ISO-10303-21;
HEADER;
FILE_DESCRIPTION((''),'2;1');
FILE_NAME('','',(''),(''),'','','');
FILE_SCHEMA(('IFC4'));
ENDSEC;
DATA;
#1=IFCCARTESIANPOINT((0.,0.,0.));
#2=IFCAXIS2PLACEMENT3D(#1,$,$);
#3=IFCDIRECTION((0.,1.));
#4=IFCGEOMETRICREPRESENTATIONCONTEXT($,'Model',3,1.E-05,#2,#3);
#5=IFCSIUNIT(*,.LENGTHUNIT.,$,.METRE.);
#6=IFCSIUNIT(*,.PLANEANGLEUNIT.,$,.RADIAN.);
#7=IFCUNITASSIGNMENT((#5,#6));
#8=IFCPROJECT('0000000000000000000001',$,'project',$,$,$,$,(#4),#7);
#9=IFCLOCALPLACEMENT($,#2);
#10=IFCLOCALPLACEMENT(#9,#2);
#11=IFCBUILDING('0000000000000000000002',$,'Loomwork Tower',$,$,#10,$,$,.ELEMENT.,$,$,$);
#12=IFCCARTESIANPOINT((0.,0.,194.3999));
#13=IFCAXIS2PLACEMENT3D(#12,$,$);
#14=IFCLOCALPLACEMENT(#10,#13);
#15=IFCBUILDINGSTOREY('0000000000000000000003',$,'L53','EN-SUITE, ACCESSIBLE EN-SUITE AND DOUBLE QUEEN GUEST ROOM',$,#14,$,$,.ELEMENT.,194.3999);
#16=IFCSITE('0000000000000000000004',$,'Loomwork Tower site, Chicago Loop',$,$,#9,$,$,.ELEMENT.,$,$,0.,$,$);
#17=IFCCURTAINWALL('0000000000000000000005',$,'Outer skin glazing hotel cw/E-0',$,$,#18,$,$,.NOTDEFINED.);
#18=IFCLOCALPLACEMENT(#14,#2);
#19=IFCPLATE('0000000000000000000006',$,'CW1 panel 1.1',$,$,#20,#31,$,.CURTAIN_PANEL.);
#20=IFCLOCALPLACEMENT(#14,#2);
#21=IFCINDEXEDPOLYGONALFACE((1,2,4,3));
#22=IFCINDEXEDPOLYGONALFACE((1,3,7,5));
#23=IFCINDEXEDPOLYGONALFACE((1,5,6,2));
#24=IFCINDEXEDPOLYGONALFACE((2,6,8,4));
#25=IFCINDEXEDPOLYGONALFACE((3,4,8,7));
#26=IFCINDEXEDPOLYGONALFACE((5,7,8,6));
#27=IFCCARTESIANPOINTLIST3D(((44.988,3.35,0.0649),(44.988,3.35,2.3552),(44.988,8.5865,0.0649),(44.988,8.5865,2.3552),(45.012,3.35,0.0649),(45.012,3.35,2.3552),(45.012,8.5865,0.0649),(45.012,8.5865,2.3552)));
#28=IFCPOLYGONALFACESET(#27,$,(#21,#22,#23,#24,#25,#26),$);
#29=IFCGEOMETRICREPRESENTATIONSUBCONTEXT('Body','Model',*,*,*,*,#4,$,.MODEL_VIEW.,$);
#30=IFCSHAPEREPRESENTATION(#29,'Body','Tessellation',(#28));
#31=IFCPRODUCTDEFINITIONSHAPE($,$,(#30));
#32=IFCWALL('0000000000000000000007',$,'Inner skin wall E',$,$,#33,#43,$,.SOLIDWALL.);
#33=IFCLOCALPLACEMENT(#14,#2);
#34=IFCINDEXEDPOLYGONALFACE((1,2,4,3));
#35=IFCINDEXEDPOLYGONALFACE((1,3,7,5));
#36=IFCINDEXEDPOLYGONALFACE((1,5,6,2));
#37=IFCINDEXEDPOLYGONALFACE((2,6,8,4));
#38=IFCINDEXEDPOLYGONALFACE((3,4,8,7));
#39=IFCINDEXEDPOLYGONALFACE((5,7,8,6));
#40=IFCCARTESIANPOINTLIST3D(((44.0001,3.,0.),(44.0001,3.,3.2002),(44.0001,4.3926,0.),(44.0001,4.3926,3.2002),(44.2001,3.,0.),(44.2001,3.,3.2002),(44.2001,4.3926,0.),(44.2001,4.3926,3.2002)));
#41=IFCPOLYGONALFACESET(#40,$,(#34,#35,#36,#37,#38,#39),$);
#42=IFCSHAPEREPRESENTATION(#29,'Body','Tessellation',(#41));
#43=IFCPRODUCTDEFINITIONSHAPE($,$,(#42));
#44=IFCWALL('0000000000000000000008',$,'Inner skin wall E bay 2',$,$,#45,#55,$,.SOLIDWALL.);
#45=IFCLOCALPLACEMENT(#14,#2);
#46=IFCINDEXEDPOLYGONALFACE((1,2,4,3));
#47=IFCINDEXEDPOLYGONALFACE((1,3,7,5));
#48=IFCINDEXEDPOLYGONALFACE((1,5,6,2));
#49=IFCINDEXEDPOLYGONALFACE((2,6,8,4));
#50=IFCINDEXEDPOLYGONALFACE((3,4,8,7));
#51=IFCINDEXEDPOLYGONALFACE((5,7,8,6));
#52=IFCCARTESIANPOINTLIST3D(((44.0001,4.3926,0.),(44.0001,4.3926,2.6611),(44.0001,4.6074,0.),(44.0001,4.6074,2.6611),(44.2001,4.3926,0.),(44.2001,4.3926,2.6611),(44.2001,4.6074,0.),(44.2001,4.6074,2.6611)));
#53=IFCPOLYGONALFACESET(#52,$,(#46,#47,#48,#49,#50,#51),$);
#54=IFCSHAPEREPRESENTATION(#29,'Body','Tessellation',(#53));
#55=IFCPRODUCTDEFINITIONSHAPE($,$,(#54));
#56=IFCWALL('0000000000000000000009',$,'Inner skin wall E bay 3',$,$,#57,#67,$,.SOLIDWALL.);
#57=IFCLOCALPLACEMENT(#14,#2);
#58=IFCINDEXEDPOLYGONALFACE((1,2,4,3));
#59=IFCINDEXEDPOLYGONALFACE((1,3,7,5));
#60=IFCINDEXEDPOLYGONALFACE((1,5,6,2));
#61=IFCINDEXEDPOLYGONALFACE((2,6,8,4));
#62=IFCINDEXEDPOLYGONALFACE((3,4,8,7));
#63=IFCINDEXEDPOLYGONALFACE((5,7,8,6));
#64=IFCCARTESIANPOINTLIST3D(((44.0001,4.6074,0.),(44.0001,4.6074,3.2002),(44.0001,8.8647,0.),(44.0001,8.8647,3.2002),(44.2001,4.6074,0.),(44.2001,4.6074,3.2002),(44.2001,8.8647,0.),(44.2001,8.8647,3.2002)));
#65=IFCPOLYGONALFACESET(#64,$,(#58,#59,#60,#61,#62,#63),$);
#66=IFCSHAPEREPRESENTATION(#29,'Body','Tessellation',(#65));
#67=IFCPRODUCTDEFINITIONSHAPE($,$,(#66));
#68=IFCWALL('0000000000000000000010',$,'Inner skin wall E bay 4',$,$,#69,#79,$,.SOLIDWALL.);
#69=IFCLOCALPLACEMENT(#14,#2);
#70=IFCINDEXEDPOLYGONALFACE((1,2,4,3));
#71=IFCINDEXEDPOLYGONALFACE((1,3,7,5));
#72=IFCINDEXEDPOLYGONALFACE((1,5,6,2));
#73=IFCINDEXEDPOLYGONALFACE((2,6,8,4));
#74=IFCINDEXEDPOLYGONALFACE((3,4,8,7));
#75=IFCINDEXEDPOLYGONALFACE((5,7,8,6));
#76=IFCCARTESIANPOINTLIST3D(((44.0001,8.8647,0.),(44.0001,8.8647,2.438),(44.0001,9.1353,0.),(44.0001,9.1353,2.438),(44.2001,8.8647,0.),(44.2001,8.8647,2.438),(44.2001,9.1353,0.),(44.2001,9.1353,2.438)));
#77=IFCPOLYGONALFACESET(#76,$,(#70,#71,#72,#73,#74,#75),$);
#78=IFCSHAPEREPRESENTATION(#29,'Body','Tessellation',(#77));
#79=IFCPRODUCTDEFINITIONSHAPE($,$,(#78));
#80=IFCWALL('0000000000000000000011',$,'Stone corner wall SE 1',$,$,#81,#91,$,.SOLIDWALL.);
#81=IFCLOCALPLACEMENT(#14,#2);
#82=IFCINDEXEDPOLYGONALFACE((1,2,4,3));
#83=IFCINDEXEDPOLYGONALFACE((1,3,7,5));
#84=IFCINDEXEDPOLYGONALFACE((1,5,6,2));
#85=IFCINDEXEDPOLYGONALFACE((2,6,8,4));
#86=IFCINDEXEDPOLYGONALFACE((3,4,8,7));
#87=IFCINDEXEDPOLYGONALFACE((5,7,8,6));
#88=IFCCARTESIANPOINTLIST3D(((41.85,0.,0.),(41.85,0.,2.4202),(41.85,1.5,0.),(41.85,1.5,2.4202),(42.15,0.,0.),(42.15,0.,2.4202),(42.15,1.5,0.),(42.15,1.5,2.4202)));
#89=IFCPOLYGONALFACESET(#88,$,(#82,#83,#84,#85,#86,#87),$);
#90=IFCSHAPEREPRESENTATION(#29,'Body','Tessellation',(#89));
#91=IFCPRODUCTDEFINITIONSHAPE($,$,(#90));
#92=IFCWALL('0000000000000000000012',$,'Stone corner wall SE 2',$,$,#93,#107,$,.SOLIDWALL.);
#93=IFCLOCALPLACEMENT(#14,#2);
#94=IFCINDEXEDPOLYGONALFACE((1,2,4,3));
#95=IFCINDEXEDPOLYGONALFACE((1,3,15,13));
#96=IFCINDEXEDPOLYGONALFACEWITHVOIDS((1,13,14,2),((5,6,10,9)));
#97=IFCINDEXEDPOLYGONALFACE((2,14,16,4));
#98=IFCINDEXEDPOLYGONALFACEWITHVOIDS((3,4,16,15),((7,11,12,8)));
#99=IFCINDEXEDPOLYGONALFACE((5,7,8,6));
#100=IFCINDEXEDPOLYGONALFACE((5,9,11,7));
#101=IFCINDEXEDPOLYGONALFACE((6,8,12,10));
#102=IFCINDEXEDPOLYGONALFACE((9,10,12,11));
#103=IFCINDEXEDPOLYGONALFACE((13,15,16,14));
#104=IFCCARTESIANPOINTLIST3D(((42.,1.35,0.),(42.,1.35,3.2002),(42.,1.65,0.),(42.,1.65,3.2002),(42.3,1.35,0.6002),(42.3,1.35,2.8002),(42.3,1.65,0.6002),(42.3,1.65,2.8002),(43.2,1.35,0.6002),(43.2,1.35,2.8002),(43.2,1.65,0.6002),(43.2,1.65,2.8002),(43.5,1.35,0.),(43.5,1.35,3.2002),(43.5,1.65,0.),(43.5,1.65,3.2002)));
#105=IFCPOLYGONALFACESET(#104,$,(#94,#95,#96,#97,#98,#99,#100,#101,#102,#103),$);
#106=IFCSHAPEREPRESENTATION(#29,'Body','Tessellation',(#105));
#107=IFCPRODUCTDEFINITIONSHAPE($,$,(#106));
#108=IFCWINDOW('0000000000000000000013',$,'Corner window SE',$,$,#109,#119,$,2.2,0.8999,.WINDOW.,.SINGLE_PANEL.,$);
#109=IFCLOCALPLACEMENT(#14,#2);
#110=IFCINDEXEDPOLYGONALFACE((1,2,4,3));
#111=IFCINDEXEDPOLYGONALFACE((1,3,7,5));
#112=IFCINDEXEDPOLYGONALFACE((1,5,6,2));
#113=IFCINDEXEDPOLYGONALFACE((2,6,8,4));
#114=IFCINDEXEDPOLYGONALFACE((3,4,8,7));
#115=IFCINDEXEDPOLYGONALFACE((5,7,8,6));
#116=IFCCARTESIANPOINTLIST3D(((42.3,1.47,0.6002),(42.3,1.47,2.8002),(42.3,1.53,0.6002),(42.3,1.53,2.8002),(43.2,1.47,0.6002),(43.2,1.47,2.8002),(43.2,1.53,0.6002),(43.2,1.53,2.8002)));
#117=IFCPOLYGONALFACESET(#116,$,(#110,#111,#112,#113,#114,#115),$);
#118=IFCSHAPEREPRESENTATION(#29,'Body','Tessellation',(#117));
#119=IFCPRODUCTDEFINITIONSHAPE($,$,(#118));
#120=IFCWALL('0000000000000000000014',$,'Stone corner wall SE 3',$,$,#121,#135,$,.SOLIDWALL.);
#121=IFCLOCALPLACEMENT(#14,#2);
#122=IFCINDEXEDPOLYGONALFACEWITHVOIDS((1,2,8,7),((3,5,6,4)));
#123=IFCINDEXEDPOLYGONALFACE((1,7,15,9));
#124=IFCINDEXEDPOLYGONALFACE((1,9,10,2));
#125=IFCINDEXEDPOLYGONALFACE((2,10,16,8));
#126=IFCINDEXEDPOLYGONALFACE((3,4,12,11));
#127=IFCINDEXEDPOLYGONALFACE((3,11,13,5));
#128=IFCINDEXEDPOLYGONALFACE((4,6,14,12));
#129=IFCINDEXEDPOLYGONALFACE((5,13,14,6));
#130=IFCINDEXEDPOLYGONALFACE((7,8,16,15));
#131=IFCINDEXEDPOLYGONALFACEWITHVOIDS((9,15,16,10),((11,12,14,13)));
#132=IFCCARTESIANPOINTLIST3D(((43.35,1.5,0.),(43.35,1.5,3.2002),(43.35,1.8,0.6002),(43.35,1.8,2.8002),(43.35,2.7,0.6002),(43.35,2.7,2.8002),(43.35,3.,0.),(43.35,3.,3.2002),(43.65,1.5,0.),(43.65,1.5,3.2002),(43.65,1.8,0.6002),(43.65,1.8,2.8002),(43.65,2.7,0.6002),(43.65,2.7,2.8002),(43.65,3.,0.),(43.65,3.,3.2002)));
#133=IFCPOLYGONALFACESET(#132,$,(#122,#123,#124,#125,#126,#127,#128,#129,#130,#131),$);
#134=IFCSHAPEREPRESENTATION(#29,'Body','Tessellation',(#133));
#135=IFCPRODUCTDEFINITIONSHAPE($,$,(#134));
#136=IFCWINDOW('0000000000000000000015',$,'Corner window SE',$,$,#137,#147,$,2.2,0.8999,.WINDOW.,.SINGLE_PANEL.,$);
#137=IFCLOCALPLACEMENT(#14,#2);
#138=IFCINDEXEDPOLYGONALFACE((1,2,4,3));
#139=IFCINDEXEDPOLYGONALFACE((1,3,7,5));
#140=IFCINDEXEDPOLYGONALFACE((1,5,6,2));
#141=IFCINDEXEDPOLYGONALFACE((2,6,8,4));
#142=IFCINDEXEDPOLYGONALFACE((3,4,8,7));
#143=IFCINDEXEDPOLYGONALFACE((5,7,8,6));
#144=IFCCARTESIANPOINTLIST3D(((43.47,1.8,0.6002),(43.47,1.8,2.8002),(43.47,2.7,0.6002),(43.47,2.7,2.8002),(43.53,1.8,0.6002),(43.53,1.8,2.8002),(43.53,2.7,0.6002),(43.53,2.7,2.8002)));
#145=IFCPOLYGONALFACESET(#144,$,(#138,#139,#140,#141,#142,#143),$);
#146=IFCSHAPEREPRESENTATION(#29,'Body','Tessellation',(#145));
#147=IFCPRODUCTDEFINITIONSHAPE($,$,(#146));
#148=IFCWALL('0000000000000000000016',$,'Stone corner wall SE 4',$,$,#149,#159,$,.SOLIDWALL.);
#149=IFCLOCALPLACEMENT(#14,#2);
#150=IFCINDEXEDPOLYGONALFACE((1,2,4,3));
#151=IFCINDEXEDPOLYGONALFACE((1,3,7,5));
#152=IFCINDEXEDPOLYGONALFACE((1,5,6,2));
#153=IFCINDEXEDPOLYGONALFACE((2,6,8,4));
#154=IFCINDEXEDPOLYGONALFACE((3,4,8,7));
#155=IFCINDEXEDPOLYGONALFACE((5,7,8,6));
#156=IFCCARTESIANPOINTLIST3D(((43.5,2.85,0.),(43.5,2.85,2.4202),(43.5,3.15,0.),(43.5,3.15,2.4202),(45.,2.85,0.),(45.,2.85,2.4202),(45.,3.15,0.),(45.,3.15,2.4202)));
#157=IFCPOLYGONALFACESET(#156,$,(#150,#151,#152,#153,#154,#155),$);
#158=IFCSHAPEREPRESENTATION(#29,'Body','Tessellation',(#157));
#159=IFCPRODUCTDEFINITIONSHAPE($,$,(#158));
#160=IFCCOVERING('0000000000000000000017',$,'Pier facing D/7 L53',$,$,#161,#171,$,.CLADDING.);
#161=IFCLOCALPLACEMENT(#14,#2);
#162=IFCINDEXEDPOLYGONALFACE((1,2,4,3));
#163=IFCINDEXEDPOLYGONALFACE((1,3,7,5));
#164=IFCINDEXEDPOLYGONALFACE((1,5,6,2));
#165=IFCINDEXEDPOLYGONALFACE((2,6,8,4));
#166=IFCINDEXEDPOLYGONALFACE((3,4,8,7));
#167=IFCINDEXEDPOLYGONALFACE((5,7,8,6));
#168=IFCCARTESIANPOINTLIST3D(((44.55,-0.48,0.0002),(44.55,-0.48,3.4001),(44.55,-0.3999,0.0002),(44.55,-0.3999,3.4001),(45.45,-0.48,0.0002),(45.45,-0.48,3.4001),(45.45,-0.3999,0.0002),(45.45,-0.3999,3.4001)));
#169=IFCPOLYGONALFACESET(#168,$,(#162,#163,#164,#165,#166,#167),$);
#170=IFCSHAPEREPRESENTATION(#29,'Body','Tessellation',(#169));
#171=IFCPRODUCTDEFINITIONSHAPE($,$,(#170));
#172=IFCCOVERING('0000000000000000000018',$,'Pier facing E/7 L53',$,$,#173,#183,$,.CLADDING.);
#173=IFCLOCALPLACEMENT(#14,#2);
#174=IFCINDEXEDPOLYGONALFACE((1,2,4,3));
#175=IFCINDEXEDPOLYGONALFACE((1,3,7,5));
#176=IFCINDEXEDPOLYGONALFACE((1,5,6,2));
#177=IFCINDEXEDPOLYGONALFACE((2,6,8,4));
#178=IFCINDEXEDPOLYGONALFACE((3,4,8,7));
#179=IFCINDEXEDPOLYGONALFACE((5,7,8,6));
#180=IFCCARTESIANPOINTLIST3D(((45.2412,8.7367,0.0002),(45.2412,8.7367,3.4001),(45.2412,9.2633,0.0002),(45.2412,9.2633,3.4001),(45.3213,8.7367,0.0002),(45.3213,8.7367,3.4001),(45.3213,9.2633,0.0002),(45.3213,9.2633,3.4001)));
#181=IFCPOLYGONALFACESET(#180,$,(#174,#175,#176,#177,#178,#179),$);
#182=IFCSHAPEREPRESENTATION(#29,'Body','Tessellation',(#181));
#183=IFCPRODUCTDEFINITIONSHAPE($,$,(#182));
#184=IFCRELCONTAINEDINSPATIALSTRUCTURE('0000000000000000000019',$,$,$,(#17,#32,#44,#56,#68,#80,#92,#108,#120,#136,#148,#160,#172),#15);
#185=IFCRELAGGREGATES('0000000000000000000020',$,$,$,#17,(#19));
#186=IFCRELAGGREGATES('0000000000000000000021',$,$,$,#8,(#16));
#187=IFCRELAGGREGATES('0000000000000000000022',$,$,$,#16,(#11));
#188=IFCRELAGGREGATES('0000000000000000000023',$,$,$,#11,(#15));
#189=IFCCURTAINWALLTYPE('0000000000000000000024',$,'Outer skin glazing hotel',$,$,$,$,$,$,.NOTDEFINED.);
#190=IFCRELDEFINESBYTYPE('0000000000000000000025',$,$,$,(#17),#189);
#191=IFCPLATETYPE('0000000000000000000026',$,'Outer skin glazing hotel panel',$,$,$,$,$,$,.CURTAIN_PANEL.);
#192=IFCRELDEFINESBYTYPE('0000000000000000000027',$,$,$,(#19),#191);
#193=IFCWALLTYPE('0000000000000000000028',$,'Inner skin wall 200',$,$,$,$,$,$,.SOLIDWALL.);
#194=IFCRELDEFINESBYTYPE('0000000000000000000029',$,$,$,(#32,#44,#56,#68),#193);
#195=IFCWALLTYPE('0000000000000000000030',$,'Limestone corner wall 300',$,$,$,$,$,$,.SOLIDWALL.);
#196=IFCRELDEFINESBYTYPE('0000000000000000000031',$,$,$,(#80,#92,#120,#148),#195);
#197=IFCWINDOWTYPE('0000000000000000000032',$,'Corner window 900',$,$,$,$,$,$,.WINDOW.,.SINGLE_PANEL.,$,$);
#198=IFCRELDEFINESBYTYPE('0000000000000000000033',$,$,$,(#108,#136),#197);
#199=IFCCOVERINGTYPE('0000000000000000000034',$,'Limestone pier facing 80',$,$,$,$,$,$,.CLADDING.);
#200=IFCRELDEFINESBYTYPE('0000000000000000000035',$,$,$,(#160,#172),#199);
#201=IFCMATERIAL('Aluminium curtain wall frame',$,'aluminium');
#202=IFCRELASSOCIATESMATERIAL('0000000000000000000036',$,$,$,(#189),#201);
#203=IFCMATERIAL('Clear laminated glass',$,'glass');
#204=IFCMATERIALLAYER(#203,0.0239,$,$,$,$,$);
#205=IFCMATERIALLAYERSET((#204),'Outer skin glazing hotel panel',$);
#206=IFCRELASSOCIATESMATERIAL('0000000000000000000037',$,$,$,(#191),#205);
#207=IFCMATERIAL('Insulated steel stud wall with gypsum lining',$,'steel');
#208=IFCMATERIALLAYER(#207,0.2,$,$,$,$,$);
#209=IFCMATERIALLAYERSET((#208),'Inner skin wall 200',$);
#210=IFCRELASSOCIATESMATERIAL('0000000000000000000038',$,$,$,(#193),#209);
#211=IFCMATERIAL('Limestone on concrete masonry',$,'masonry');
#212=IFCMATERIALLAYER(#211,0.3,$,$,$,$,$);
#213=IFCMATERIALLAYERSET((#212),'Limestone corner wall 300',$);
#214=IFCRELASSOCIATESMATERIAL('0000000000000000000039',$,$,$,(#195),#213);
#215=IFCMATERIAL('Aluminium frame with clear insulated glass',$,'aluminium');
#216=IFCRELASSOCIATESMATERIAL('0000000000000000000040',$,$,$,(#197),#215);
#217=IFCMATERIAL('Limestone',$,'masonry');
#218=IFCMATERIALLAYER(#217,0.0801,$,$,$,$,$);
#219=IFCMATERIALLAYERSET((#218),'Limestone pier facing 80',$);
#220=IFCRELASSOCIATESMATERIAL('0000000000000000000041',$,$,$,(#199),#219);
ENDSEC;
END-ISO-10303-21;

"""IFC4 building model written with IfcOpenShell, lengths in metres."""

from ifc_helpers import new_model, si_unit, direction, frame, frame_2d, origin, origin_2d, place, context, subcontext, project, spatial, rectangle, extrude, material, layer, layer_set, type_object, element, fill, aggregate, save


model = new_model("IFC4")

# Units and contexts
model_context = context("Model", 3, precision=1e-05, world=origin(), true_north=direction((0.0, 1.0)))
body_context = subcontext(model_context, "Body", "Model", "MODEL_VIEW")
ifc_project = project(units=[si_unit("LENGTHUNIT", "METRE"), si_unit("PLANEANGLEUNIT", "RADIAN")], contexts=[model_context])

# Site, building, storey
site_placement = place(None, origin())
site = spatial("IfcSite", under=ifc_project, at=site_placement, Name="Loomwork Tower site, Chicago Loop", CompositionType="ELEMENT", RefElevation=0.0)
building_placement = place(site_placement, origin())
building = spatial("IfcBuilding", under=site, at=building_placement, Name="Loomwork Tower", CompositionType="ELEMENT")
storey_placement = place(building_placement, frame((0.0, 0.0, 194.3999)))
storey = spatial("IfcBuildingStorey", under=building, at=storey_placement, Name="L53", Description="EN-SUITE, ACCESSIBLE EN-SUITE AND DOUBLE QUEEN GUEST ROOM", CompositionType="ELEMENT", Elevation=194.3999)

# Shared definitions
ifc_material_1 = material(Name="Aluminium curtain wall frame", Category="aluminium")
curtain_wall_type = type_object("IfcCurtainWallType", Name="Outer skin glazing hotel", PredefinedType="NOTDEFINED", material=ifc_material_1)

# Curtain wall
curtain_wall_1_placement = place(storey_placement, origin())
curtain_wall_1 = element("IfcCurtainWall", 1, at=curtain_wall_1_placement, inside=storey, type_object=curtain_wall_type, Name="Outer skin glazing hotel cw/E-0", PredefinedType="NOTDEFINED")

# Plate
ifc_material_2 = material(Name="Clear laminated glass", Category="glass")
ifc_layer_1 = layer(ifc_material_2, 0.0239)
ifc_layer_set_1 = layer_set([ifc_layer_1], Name="Outer skin glazing hotel panel")
plate_type = type_object("IfcPlateType", Name="Outer skin glazing hotel panel", PredefinedType="CURTAIN_PANEL", material=ifc_layer_set_1)
plate_placement = place(storey_placement, frame((45.0, 5.9683, 0.0649), z_axis=(0.0, 0.0, 1.0), x_axis=(0.0, 1.0, 0.0)))
plate = element("IfcPlate", 2, at=plate_placement, type_object=plate_type, Name="CW1 panel 1.1", PredefinedType="CURTAIN_PANEL", context=body_context, shape_type="SweptSolid", body=[
    extrude(rectangle(XDim=5.2366, YDim=0.0239, at=origin_2d()), origin(), (0.0, 0.0, 1.0), 2.2903),
])
aggregate(curtain_wall_1, [plate])

# Walls
ifc_material_3 = material(Name="Insulated steel stud wall with gypsum lining", Category="steel")
ifc_layer_2 = layer(ifc_material_3, 0.2)
ifc_layer_set_2 = layer_set([ifc_layer_2], Name="Inner skin wall 200")
wall_type_1 = type_object("IfcWallType", Name="Inner skin wall 200", PredefinedType="SOLIDWALL", material=ifc_layer_set_2)
wall_1_placement = place(storey_placement, frame((44.1001, 3.0, 0.0), z_axis=(0.0, 0.0, 1.0), x_axis=(0.0, 1.0, 0.0)))
element("IfcWall", 3, at=wall_1_placement, inside=storey, type_object=wall_type_1, Name="Inner skin wall E", PredefinedType="SOLIDWALL", context=body_context, shape_type="SweptSolid", body=[
    extrude(rectangle(XDim=1.3926, YDim=0.2, at=frame_2d((0.6963, 0.0))), origin(), (0.0, 0.0, 1.0), 3.2002),
])
wall_2_placement = place(storey_placement, frame((44.1001, 4.3926, 0.0), z_axis=(0.0, 0.0, 1.0), x_axis=(0.0, 1.0, 0.0)))
element("IfcWall", 4, at=wall_2_placement, inside=storey, type_object=wall_type_1, Name="Inner skin wall E bay 2", PredefinedType="SOLIDWALL", context=body_context, shape_type="SweptSolid", body=[
    extrude(rectangle(XDim=0.2148, YDim=0.2, at=frame_2d((0.1074, 0.0))), origin(), (0.0, 0.0, 1.0), 2.6611),
])
wall_3_placement = place(storey_placement, frame((44.1001, 4.6074, 0.0), z_axis=(0.0, 0.0, 1.0), x_axis=(0.0, 1.0, 0.0)))
element("IfcWall", 5, at=wall_3_placement, inside=storey, type_object=wall_type_1, Name="Inner skin wall E bay 3", PredefinedType="SOLIDWALL", context=body_context, shape_type="SweptSolid", body=[
    extrude(rectangle(XDim=4.2573, YDim=0.2, at=frame_2d((2.1287, 0.0))), origin(), (0.0, 0.0, 1.0), 3.2002),
])
wall_4_placement = place(storey_placement, frame((44.1001, 8.8647, 0.0), z_axis=(0.0, 0.0, 1.0), x_axis=(0.0, 1.0, 0.0)))
element("IfcWall", 6, at=wall_4_placement, inside=storey, type_object=wall_type_1, Name="Inner skin wall E bay 4", PredefinedType="SOLIDWALL", context=body_context, shape_type="SweptSolid", body=[
    extrude(rectangle(XDim=0.2705, YDim=0.2, at=frame_2d((0.1353, 0.0))), origin(), (0.0, 0.0, 1.0), 2.438),
])
ifc_material_4 = material(Name="Limestone on concrete masonry", Category="masonry")
ifc_layer_3 = layer(ifc_material_4, 0.3)
ifc_layer_set_3 = layer_set([ifc_layer_3], Name="Limestone corner wall 300")
wall_type_2 = type_object("IfcWallType", Name="Limestone corner wall 300", PredefinedType="SOLIDWALL", material=ifc_layer_set_3)
wall_5_placement = place(storey_placement, frame((42.0, 0.0, 0.0), z_axis=(0.0, 0.0, 1.0), x_axis=(0.0, 1.0, 0.0)))
element("IfcWall", 7, at=wall_5_placement, inside=storey, type_object=wall_type_2, Name="Stone corner wall SE 1", PredefinedType="SOLIDWALL", context=body_context, shape_type="SweptSolid", body=[
    extrude(rectangle(XDim=1.5, YDim=0.3, at=frame_2d((0.75, 0.0))), origin(), (0.0, 0.0, 1.0), 2.4202),
])

# Walls, openings, windows
wall_6_placement = place(storey_placement, frame((42.0, 1.5, 0.0), z_axis=(0.0, 0.0, 1.0), x_axis=(1.0, 0.0, 0.0)))
wall_6 = element("IfcWall", 8, at=wall_6_placement, inside=storey, type_object=wall_type_2, Name="Stone corner wall SE 2", PredefinedType="SOLIDWALL", context=body_context, shape_type="SweptSolid", body=[
    extrude(rectangle(XDim=1.5, YDim=0.3, at=frame_2d((0.75, 0.0))), origin(), (0.0, 0.0, 1.0), 3.2002),
])
opening_1_placement = place(wall_6_placement, frame((0.3, 0.0, 0.6001)))
opening_1 = element("IfcOpeningElement", 9, at=opening_1_placement, cuts=wall_6, PredefinedType="OPENING", context=body_context, shape_type="SweptSolid", body=[
    extrude(rectangle(XDim=0.8999, YDim=2.2, at=frame_2d((0.45, 1.1001))), frame((0.0, 0.1599, 0.0), z_axis=(0.0, -1.0, 0.0), x_axis=(1.0, 0.0, 0.0)), (0.0, 0.0, 1.0), 0.3201),
])
ifc_material_5 = material(Name="Aluminium frame with clear insulated glass", Category="aluminium")
window_type = type_object("IfcWindowType", Name="Corner window 900", PartitioningType="SINGLE_PANEL", PredefinedType="WINDOW", material=ifc_material_5)
window_1_placement = place(opening_1_placement, origin())
window_1 = element("IfcWindow", 10, at=window_1_placement, inside=storey, type_object=window_type, Name="Corner window SE", OverallHeight=2.2, OverallWidth=0.8999, PartitioningType="SINGLE_PANEL", PredefinedType="WINDOW", context=body_context, shape_type="SweptSolid", body=[
    extrude(rectangle(XDim=0.8999, YDim=2.2, at=frame_2d((0.45, 1.1001))), frame((0.0, 0.03, 0.0), z_axis=(0.0, -1.0, 0.0), x_axis=(1.0, 0.0, 0.0)), (0.0, 0.0, 1.0), 0.0601),
])
fill(opening_1, window_1)
wall_7_placement = place(storey_placement, frame((43.5, 1.5, 0.0), z_axis=(0.0, 0.0, 1.0), x_axis=(0.0, 1.0, 0.0)))
wall_7 = element("IfcWall", 11, at=wall_7_placement, inside=storey, type_object=wall_type_2, Name="Stone corner wall SE 3", PredefinedType="SOLIDWALL", context=body_context, shape_type="SweptSolid", body=[
    extrude(rectangle(XDim=1.5, YDim=0.3, at=frame_2d((0.75, 0.0))), origin(), (0.0, 0.0, 1.0), 3.2002),
])
opening_2_placement = place(wall_7_placement, frame((0.3, 0.0, 0.6001)))
opening_2 = element("IfcOpeningElement", 12, at=opening_2_placement, cuts=wall_7, PredefinedType="OPENING", context=body_context, shape_type="SweptSolid", body=[
    extrude(rectangle(XDim=0.8999, YDim=2.2, at=frame_2d((0.45, 1.1001))), frame((0.0, 0.1599, 0.0), z_axis=(0.0, -1.0, 0.0), x_axis=(1.0, 0.0, 0.0)), (0.0, 0.0, 1.0), 0.3201),
])
window_2_placement = place(opening_2_placement, origin())
window_2 = element("IfcWindow", 13, at=window_2_placement, inside=storey, type_object=window_type, Name="Corner window SE", OverallHeight=2.2, OverallWidth=0.8999, PartitioningType="SINGLE_PANEL", PredefinedType="WINDOW", context=body_context, shape_type="SweptSolid", body=[
    extrude(rectangle(XDim=0.8999, YDim=2.2, at=frame_2d((0.45, 1.1001))), frame((0.0, 0.03, 0.0), z_axis=(0.0, -1.0, 0.0), x_axis=(1.0, 0.0, 0.0)), (0.0, 0.0, 1.0), 0.0601),
])
fill(opening_2, window_2)

# Wall
wall_8_placement = place(storey_placement, frame((43.5, 3.0, 0.0), z_axis=(0.0, 0.0, 1.0), x_axis=(1.0, 0.0, 0.0)))
element("IfcWall", 14, at=wall_8_placement, inside=storey, type_object=wall_type_2, Name="Stone corner wall SE 4", PredefinedType="SOLIDWALL", context=body_context, shape_type="SweptSolid", body=[
    extrude(rectangle(XDim=1.5, YDim=0.3, at=frame_2d((0.75, 0.0))), origin(), (0.0, 0.0, 1.0), 2.4202),
])

# Coverings
ifc_material_6 = material(Name="Limestone", Category="masonry")
ifc_layer_4 = layer(ifc_material_6, 0.0801)
ifc_layer_set_4 = layer_set([ifc_layer_4], Name="Limestone pier facing 80")
covering_type = type_object("IfcCoveringType", Name="Limestone pier facing 80", PredefinedType="CLADDING", material=ifc_layer_set_4)
covering_1_placement = place(storey_placement, frame((45.0, -0.4399, 0.0002), z_axis=(0.0, 0.0, 1.0), x_axis=(1.0, 0.0, 0.0)))
element("IfcCovering", 15, at=covering_1_placement, inside=storey, type_object=covering_type, Name="Pier facing D/7 L53", PredefinedType="CLADDING", context=body_context, shape_type="SweptSolid", body=[
    extrude(rectangle(XDim=0.8999, YDim=0.0801, at=origin_2d()), origin(), (0.0, 0.0, 1.0), 3.3999),
])
covering_2_placement = place(storey_placement, frame((45.2812, 9.0, 0.0002), z_axis=(0.0, 0.0, 1.0), x_axis=(1.0, 0.0, 0.0)))
element("IfcCovering", 16, at=covering_2_placement, inside=storey, type_object=covering_type, Name="Pier facing E/7 L53", PredefinedType="CLADDING", context=body_context, shape_type="SweptSolid", body=[
    extrude(rectangle(XDim=0.0801, YDim=0.5266, at=origin_2d()), origin(), (0.0, 0.0, 1.0), 3.3999),
])

save(model, "model.ifc")
